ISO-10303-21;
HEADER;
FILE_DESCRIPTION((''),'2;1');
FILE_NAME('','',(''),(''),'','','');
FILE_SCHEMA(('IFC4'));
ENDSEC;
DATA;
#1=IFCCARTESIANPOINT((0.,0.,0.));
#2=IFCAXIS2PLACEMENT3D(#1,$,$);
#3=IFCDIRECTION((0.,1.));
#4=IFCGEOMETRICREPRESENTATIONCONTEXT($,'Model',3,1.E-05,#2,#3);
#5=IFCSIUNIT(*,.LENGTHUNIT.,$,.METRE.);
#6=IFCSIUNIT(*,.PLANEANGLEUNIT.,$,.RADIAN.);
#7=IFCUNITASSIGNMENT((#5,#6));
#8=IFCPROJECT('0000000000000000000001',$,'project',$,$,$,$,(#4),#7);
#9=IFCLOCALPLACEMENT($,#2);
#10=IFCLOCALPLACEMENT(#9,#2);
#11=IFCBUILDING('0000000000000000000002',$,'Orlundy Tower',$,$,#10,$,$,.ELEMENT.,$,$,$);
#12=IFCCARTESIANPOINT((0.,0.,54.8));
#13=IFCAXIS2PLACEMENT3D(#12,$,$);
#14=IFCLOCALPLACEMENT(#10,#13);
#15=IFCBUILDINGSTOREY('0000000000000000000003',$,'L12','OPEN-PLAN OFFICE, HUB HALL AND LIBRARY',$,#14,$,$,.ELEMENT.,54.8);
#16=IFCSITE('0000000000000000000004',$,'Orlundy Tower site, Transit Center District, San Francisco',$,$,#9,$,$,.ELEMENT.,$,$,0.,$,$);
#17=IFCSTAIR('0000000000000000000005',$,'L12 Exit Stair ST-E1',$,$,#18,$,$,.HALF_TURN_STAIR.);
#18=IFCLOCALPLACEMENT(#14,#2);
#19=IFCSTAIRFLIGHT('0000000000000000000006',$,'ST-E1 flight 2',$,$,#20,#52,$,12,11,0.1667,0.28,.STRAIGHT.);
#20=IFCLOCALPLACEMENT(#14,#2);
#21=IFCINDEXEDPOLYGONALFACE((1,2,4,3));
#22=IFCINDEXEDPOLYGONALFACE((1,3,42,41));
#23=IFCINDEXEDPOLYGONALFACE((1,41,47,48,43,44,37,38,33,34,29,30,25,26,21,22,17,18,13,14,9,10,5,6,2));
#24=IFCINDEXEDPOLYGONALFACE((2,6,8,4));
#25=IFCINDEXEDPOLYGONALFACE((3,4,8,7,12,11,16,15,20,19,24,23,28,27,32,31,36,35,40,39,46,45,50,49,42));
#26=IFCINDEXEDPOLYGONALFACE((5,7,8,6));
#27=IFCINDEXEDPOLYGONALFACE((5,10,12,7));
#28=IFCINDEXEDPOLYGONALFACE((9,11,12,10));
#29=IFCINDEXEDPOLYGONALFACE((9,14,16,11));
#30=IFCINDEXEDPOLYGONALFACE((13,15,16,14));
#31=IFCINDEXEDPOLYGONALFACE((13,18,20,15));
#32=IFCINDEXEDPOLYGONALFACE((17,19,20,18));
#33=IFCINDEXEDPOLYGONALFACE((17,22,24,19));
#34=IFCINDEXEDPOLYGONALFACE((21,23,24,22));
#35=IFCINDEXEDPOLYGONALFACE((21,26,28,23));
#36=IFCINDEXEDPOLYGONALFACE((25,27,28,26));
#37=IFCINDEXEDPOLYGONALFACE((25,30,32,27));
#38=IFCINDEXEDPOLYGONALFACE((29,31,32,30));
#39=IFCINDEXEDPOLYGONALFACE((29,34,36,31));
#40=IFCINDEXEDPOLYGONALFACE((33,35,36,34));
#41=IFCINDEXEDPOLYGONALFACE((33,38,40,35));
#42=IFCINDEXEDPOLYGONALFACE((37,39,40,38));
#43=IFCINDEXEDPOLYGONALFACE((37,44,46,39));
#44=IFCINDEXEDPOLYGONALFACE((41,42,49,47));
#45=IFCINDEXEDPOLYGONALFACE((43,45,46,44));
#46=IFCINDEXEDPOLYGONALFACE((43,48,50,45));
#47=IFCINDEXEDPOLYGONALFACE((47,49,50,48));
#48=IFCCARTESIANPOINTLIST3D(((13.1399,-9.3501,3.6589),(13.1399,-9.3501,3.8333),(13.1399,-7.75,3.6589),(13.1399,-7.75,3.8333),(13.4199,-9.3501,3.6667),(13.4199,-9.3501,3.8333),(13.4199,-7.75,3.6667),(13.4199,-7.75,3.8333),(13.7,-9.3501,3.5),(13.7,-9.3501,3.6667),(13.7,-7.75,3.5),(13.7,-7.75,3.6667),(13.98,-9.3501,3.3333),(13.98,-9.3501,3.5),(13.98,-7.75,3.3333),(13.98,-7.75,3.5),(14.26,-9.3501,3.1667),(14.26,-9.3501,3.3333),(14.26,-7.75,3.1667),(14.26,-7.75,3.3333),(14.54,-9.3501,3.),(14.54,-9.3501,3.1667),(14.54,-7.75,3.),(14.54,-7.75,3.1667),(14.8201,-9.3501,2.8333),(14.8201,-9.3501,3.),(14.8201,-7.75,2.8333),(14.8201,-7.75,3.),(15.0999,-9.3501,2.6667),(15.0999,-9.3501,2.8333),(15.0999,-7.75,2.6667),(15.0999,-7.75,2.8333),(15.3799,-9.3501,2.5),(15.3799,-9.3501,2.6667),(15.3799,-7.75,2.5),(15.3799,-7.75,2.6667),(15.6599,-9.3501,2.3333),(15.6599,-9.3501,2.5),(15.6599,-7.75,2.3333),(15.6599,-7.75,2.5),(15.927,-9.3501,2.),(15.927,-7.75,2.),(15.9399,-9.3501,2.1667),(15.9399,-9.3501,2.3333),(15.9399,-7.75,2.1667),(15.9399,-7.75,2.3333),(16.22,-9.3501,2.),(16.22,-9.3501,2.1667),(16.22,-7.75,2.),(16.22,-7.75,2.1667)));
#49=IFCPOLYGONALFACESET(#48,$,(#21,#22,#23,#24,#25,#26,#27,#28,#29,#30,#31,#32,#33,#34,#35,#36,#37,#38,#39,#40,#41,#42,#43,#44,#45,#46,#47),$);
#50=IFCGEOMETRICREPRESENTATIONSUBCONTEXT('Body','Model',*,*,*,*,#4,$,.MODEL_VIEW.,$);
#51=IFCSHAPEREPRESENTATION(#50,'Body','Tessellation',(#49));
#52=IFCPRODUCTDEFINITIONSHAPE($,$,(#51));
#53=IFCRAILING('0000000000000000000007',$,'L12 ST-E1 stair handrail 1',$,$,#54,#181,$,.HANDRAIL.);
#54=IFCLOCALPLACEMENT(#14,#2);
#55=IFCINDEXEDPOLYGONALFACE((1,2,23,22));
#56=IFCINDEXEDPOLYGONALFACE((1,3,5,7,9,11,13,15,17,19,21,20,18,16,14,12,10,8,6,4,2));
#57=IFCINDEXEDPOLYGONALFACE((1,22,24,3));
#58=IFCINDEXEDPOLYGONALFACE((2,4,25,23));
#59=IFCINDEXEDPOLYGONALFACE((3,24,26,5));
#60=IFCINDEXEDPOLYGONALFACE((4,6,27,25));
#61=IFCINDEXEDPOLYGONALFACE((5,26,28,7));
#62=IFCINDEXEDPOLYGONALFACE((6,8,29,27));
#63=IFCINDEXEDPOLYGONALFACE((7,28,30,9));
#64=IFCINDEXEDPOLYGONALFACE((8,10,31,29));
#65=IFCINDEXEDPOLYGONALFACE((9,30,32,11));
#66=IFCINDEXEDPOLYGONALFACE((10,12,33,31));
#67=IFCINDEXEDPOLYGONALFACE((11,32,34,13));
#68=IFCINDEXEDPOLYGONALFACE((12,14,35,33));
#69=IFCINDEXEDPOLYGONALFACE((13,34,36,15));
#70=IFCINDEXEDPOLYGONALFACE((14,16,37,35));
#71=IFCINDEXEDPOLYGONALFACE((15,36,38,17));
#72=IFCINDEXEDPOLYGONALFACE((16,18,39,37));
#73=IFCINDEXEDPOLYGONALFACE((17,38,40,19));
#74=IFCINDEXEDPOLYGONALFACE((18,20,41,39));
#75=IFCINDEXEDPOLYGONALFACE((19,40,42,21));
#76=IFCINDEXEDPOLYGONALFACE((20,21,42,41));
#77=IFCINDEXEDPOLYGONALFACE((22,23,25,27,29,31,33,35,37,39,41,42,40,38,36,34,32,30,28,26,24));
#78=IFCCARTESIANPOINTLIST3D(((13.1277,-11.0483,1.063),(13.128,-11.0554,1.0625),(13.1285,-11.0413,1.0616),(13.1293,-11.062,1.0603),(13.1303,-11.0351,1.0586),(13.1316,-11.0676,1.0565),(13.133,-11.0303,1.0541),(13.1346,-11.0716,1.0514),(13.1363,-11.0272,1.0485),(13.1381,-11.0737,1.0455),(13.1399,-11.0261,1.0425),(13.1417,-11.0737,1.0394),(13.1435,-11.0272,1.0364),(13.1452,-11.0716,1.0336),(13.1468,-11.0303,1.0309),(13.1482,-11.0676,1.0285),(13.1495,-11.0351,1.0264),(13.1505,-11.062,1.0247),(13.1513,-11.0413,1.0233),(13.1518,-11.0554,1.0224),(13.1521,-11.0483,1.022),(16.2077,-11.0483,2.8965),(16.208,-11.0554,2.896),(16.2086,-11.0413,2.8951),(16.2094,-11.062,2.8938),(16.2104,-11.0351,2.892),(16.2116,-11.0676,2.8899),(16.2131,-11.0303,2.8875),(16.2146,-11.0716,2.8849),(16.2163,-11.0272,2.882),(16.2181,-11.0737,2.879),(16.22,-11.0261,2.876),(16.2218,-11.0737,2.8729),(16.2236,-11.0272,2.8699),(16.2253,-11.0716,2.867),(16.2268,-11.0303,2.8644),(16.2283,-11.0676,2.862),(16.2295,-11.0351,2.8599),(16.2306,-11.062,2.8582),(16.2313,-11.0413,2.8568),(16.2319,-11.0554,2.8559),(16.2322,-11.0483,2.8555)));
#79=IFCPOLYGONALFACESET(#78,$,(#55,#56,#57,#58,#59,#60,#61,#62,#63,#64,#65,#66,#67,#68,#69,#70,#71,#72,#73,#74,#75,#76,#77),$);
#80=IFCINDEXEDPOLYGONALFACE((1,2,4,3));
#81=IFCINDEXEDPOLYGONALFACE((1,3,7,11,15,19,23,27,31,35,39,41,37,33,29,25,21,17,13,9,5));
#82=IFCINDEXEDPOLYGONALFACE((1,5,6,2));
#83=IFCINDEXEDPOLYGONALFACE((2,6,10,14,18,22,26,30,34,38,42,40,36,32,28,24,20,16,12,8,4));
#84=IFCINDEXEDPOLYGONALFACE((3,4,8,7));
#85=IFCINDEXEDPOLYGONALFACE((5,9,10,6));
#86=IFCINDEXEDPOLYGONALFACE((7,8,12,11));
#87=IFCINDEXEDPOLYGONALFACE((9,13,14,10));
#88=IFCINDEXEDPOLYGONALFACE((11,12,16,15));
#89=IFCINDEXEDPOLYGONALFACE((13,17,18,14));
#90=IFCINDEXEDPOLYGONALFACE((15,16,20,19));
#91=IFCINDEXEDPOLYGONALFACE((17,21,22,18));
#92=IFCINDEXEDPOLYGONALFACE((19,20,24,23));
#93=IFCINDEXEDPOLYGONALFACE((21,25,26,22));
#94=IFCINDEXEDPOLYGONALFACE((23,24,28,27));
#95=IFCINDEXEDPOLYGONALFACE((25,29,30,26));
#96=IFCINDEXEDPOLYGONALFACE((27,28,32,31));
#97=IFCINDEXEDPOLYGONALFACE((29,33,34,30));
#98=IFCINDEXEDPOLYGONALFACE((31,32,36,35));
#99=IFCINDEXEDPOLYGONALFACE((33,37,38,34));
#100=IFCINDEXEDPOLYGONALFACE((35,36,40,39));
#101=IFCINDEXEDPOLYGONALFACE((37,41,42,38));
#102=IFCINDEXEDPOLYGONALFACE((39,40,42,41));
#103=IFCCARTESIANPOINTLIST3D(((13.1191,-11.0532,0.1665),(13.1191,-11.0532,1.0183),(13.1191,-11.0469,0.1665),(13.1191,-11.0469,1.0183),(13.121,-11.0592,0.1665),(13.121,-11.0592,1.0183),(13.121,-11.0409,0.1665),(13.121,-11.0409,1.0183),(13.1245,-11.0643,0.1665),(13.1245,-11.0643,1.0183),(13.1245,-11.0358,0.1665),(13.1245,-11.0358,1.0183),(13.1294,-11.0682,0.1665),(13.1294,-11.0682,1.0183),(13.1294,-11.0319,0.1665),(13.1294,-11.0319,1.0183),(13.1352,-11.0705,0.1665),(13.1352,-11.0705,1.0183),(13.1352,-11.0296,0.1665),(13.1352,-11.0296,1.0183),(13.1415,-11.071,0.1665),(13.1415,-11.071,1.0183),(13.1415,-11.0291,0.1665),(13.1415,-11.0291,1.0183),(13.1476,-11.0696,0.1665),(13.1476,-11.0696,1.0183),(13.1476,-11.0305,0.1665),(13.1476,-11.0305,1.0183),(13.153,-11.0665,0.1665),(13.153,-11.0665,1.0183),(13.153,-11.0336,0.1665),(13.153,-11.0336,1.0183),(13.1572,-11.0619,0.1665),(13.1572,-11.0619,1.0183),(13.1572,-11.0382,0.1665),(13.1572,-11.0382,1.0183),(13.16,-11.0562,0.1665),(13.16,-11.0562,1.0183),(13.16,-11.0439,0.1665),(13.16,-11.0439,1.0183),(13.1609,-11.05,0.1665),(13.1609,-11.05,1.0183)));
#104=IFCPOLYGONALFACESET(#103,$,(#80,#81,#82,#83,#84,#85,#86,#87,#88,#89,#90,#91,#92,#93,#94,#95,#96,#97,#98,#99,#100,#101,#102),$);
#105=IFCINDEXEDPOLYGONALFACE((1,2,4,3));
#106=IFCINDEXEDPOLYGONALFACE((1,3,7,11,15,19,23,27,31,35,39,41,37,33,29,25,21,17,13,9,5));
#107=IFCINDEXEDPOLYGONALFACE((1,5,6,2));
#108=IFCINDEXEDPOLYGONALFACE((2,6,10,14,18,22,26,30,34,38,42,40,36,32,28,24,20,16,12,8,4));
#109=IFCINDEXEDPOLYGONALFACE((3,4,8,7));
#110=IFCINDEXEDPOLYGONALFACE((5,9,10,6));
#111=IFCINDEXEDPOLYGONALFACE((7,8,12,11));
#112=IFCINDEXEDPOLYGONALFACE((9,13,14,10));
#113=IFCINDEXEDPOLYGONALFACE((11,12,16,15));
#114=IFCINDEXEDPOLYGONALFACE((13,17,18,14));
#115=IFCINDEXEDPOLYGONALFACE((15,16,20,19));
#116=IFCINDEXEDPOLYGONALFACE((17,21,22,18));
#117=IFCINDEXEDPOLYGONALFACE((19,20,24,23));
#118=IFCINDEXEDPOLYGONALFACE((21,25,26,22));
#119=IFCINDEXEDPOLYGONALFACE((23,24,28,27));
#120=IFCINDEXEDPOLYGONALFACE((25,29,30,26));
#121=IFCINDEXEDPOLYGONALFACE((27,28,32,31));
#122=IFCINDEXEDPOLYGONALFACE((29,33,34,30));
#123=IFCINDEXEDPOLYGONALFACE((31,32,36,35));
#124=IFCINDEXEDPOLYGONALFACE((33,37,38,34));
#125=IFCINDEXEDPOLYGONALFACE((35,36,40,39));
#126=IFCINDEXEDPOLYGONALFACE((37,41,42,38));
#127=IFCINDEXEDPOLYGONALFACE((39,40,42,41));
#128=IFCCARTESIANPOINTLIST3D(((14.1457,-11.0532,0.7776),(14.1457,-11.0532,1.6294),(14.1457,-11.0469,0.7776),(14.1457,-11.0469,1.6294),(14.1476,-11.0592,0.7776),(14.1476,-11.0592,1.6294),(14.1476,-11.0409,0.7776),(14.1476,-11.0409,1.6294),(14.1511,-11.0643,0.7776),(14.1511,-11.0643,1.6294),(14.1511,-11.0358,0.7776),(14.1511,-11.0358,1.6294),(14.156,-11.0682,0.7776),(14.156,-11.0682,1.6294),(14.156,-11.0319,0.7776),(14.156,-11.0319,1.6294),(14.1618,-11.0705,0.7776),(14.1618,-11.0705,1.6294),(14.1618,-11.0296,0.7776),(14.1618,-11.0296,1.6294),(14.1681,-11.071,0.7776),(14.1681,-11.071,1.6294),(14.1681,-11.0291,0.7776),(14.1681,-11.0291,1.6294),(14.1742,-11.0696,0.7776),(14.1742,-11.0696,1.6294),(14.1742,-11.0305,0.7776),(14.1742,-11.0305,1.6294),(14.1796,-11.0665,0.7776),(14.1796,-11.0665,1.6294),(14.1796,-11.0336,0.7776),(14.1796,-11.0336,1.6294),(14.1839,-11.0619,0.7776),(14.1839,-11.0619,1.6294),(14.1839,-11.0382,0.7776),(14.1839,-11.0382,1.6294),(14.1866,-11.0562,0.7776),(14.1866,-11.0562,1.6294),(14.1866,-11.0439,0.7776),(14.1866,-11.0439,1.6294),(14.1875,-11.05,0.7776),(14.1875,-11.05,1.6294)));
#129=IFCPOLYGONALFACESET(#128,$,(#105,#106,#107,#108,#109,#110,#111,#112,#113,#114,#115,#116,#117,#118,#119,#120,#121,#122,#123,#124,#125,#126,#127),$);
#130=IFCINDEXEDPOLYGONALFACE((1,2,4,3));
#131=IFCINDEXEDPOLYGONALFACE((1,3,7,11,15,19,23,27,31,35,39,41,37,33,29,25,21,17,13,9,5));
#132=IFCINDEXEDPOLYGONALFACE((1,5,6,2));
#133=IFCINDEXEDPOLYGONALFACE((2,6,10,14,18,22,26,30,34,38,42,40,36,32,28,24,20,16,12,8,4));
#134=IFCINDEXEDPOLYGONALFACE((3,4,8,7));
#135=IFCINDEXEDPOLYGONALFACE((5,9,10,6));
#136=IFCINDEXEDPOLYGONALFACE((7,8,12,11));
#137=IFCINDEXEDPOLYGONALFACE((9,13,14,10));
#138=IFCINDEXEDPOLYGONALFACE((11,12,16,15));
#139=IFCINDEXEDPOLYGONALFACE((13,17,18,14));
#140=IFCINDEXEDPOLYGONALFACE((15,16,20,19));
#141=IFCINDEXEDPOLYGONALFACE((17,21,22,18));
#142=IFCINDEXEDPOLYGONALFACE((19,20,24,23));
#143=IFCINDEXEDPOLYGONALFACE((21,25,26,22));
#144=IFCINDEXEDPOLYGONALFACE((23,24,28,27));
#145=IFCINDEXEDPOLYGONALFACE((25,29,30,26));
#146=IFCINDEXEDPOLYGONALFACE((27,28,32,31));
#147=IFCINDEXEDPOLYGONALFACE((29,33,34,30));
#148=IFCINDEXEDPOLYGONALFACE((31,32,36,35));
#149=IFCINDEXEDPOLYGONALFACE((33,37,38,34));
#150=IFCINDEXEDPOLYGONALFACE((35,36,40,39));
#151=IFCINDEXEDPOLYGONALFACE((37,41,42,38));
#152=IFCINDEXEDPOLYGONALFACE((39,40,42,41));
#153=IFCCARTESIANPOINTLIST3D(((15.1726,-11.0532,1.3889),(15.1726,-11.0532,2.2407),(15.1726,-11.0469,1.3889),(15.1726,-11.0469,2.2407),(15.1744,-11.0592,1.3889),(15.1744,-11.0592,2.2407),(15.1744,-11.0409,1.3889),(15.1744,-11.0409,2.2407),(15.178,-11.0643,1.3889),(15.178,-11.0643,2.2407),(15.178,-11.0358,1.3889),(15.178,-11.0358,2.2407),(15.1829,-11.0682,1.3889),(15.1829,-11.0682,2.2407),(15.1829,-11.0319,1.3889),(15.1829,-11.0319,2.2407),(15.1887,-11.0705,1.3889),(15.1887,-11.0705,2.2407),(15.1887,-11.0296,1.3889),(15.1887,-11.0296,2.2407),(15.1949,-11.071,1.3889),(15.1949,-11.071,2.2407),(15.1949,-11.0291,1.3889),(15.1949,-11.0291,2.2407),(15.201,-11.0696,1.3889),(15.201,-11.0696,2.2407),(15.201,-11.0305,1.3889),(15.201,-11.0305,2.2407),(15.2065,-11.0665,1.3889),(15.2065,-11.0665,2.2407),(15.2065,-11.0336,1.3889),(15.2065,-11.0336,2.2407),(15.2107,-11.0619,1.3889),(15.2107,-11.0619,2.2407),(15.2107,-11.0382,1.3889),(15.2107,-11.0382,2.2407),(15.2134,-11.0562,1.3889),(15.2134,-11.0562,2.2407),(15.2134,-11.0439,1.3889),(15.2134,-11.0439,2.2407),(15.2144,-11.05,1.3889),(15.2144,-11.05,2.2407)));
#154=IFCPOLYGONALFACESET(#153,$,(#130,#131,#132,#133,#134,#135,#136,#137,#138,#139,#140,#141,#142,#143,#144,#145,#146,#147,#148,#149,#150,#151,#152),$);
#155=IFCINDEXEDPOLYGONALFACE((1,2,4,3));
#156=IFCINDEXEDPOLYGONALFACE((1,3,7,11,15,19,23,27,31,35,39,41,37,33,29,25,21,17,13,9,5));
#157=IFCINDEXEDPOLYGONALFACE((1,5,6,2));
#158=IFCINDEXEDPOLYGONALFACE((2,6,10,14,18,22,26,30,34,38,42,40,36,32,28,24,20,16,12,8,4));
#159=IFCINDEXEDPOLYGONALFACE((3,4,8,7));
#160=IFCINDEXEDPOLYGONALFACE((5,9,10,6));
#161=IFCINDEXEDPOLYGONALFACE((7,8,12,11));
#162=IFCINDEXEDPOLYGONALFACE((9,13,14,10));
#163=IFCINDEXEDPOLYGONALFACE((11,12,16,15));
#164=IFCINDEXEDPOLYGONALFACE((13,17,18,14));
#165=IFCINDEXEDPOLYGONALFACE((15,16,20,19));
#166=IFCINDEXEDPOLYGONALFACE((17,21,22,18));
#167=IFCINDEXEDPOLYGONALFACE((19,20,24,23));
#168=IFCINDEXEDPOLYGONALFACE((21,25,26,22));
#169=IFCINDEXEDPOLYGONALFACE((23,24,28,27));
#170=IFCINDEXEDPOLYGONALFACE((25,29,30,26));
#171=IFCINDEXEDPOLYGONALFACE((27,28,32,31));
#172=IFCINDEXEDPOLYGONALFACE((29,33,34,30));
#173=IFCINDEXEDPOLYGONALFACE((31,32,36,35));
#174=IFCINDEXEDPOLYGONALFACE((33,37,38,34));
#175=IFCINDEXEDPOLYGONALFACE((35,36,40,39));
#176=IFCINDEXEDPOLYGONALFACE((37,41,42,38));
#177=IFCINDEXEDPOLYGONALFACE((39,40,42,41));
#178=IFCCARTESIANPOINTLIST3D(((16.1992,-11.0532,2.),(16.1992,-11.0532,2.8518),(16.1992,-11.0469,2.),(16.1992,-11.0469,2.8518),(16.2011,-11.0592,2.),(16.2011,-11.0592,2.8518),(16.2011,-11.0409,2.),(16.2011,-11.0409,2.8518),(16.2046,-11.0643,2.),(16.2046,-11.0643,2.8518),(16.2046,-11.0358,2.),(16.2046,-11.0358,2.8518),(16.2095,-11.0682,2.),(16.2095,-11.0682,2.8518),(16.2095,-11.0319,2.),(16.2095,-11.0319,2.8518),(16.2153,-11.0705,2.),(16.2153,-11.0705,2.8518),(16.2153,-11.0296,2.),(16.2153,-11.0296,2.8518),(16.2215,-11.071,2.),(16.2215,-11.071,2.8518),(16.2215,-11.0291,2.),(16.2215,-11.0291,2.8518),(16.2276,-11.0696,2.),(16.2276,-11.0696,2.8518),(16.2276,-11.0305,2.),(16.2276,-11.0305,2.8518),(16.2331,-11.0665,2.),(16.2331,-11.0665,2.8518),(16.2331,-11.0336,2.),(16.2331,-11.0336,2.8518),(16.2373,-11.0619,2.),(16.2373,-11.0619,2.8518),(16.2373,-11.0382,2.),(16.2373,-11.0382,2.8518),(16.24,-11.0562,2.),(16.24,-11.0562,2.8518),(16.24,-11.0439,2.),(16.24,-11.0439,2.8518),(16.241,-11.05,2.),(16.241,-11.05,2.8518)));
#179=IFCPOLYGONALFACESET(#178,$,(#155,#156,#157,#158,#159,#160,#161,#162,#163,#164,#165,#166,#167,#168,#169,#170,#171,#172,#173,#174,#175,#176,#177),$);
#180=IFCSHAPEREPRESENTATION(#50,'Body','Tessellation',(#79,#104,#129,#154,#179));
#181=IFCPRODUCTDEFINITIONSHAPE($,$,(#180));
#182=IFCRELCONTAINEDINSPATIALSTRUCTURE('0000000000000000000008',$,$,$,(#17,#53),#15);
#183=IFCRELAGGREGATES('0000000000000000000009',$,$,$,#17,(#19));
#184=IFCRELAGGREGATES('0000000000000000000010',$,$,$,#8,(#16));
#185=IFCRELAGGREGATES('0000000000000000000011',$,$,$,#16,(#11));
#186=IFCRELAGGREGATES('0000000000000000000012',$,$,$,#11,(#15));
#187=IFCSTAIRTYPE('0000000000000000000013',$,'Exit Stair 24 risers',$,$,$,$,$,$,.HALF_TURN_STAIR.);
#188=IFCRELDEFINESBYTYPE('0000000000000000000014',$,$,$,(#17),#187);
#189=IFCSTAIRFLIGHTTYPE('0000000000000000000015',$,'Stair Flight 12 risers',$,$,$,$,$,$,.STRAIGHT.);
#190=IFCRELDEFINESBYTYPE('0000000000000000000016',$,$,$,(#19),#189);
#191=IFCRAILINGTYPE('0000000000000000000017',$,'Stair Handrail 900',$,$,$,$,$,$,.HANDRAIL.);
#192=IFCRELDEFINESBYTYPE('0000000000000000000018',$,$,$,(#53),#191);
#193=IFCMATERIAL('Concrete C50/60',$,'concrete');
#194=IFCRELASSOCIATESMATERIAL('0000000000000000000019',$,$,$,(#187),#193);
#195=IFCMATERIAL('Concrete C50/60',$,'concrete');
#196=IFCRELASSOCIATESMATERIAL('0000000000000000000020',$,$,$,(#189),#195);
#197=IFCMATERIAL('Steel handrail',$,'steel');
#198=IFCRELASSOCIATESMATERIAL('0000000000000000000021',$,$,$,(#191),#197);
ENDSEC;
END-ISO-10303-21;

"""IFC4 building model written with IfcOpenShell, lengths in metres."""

from ifc_helpers import new_model, si_unit, direction, frame, origin, origin_2d, place, context, subcontext, project, spatial, polyline, circle, outline, extrude, material, type_object, element, aggregate, save


model = new_model("IFC4")

# Units and contexts
model_context = context("Model", 3, precision=1e-05, world=origin(), true_north=direction((0.0, 1.0)))
body_context = subcontext(model_context, "Body", "Model", "MODEL_VIEW")
ifc_project = project(units=[si_unit("LENGTHUNIT", "METRE"), si_unit("PLANEANGLEUNIT", "RADIAN")], contexts=[model_context])

# Site, building, storey
site_placement = place(None, origin())
site = spatial("IfcSite", under=ifc_project, at=site_placement, Name="Orlundy Tower site, Transit Center District, San Francisco", CompositionType="ELEMENT", RefElevation=0.0)
building_placement = place(site_placement, origin())
building = spatial("IfcBuilding", under=site, at=building_placement, Name="Orlundy Tower", CompositionType="ELEMENT")
storey_placement = place(building_placement, frame((0.0, 0.0, 54.8)))
storey = spatial("IfcBuildingStorey", under=building, at=storey_placement, Name="L12", Description="OPEN-PLAN OFFICE, HUB HALL AND LIBRARY", CompositionType="ELEMENT", Elevation=54.8)

# Stair, stair flight
ifc_material_1 = material(Name="Concrete C50/60", Category="concrete")
stair_type = type_object("IfcStairType", Name="Exit Stair 24 risers", PredefinedType="HALF_TURN_STAIR", material=ifc_material_1)
stair_placement = place(storey_placement, origin())
stair = element("IfcStair", 1, at=stair_placement, inside=storey, type_object=stair_type, Name="L12 Exit Stair ST-E1", PredefinedType="HALF_TURN_STAIR")
ifc_material_2 = material(Name="Concrete C50/60", Category="concrete")
stair_flight_type = type_object("IfcStairFlightType", Name="Stair Flight 12 risers", PredefinedType="STRAIGHT", material=ifc_material_2)
stair_flight_1_placement = place(storey_placement, frame((16.22, -8.55, 2.0), z_axis=(0.0, 0.0, 1.0), x_axis=(-1.0, 0.0, 0.0)))
stair_flight_1 = element("IfcStairFlight", 2, at=stair_flight_1_placement, type_object=stair_flight_type, Name="ST-E1 flight 2", NumberOfRisers=12, NumberOfTreads=11, PredefinedType="STRAIGHT", RiserHeight=0.1667, TreadLength=0.28, context=body_context, shape_type="SweptSolid", body=[
    extrude(outline(polyline([(0.0, 0.0), (0.0, 0.1667), (0.28, 0.1667), (0.28, 0.3333), (0.5601, 0.3333), (0.5601, 0.5), (0.8401, 0.5), (0.8401, 0.6667), (1.1201, 0.6667), (1.1201, 0.8333), (1.3999, 0.8333), (1.3999, 1.0), (1.6799, 1.0), (1.6799, 1.1667), (1.96, 1.1667), (1.96, 1.3333), (2.24, 1.3333), (2.24, 1.5), (2.52, 1.5), (2.52, 1.6667), (2.8, 1.6667), (2.8, 1.8333), (3.0801, 1.8333), (3.0801, 2.0), (3.0801, 1.6589), (0.293, 0.0), (0.0, 0.0)])), frame((0.0, 0.8, 0.0), z_axis=(0.0, -1.0, 0.0), x_axis=(1.0, 0.0, 0.0)), (0.0, 0.0, 1.0), 1.6001),
])
aggregate(stair, [stair_flight_1])

# Railing
ifc_material_3 = material(Name="Steel handrail", Category="steel")
railing_type_1 = type_object("IfcRailingType", Name="Stair Handrail 900", PredefinedType="HANDRAIL", material=ifc_material_3)
railing_1_placement = place(storey_placement, frame((13.1399, -11.05, 0.1665)))
element("IfcRailing", 3, at=railing_1_placement, inside=storey, type_object=railing_type_1, Name="L12 ST-E1 stair handrail 1", PredefinedType="HANDRAIL", context=body_context, shape_type="SweptSolid", body=[
    extrude(circle(Radius=0.0239, at=origin_2d()), frame((0.0, 0.0, 0.876), z_axis=(0.859279, 0.0, 0.511508), x_axis=(0.0, 1.0, 0.0)), (0.0, 0.0, 1.0), 3.5845),
    extrude(circle(Radius=0.021, at=origin_2d()), origin(), (0.0, 0.0, 1.0), 0.8518),
    extrude(circle(Radius=0.021, at=origin_2d()), frame((1.0266, 0.0, 0.6111)), (0.0, 0.0, 1.0), 0.8518),
    extrude(circle(Radius=0.021, at=origin_2d()), frame((2.0535, 0.0, 1.2224)), (0.0, 0.0, 1.0), 0.8518),
    extrude(circle(Radius=0.021, at=origin_2d()), frame((3.0801, 0.0, 1.8335)), (0.0, 0.0, 1.0), 0.8518),
])

save(model, "model.ifc")
